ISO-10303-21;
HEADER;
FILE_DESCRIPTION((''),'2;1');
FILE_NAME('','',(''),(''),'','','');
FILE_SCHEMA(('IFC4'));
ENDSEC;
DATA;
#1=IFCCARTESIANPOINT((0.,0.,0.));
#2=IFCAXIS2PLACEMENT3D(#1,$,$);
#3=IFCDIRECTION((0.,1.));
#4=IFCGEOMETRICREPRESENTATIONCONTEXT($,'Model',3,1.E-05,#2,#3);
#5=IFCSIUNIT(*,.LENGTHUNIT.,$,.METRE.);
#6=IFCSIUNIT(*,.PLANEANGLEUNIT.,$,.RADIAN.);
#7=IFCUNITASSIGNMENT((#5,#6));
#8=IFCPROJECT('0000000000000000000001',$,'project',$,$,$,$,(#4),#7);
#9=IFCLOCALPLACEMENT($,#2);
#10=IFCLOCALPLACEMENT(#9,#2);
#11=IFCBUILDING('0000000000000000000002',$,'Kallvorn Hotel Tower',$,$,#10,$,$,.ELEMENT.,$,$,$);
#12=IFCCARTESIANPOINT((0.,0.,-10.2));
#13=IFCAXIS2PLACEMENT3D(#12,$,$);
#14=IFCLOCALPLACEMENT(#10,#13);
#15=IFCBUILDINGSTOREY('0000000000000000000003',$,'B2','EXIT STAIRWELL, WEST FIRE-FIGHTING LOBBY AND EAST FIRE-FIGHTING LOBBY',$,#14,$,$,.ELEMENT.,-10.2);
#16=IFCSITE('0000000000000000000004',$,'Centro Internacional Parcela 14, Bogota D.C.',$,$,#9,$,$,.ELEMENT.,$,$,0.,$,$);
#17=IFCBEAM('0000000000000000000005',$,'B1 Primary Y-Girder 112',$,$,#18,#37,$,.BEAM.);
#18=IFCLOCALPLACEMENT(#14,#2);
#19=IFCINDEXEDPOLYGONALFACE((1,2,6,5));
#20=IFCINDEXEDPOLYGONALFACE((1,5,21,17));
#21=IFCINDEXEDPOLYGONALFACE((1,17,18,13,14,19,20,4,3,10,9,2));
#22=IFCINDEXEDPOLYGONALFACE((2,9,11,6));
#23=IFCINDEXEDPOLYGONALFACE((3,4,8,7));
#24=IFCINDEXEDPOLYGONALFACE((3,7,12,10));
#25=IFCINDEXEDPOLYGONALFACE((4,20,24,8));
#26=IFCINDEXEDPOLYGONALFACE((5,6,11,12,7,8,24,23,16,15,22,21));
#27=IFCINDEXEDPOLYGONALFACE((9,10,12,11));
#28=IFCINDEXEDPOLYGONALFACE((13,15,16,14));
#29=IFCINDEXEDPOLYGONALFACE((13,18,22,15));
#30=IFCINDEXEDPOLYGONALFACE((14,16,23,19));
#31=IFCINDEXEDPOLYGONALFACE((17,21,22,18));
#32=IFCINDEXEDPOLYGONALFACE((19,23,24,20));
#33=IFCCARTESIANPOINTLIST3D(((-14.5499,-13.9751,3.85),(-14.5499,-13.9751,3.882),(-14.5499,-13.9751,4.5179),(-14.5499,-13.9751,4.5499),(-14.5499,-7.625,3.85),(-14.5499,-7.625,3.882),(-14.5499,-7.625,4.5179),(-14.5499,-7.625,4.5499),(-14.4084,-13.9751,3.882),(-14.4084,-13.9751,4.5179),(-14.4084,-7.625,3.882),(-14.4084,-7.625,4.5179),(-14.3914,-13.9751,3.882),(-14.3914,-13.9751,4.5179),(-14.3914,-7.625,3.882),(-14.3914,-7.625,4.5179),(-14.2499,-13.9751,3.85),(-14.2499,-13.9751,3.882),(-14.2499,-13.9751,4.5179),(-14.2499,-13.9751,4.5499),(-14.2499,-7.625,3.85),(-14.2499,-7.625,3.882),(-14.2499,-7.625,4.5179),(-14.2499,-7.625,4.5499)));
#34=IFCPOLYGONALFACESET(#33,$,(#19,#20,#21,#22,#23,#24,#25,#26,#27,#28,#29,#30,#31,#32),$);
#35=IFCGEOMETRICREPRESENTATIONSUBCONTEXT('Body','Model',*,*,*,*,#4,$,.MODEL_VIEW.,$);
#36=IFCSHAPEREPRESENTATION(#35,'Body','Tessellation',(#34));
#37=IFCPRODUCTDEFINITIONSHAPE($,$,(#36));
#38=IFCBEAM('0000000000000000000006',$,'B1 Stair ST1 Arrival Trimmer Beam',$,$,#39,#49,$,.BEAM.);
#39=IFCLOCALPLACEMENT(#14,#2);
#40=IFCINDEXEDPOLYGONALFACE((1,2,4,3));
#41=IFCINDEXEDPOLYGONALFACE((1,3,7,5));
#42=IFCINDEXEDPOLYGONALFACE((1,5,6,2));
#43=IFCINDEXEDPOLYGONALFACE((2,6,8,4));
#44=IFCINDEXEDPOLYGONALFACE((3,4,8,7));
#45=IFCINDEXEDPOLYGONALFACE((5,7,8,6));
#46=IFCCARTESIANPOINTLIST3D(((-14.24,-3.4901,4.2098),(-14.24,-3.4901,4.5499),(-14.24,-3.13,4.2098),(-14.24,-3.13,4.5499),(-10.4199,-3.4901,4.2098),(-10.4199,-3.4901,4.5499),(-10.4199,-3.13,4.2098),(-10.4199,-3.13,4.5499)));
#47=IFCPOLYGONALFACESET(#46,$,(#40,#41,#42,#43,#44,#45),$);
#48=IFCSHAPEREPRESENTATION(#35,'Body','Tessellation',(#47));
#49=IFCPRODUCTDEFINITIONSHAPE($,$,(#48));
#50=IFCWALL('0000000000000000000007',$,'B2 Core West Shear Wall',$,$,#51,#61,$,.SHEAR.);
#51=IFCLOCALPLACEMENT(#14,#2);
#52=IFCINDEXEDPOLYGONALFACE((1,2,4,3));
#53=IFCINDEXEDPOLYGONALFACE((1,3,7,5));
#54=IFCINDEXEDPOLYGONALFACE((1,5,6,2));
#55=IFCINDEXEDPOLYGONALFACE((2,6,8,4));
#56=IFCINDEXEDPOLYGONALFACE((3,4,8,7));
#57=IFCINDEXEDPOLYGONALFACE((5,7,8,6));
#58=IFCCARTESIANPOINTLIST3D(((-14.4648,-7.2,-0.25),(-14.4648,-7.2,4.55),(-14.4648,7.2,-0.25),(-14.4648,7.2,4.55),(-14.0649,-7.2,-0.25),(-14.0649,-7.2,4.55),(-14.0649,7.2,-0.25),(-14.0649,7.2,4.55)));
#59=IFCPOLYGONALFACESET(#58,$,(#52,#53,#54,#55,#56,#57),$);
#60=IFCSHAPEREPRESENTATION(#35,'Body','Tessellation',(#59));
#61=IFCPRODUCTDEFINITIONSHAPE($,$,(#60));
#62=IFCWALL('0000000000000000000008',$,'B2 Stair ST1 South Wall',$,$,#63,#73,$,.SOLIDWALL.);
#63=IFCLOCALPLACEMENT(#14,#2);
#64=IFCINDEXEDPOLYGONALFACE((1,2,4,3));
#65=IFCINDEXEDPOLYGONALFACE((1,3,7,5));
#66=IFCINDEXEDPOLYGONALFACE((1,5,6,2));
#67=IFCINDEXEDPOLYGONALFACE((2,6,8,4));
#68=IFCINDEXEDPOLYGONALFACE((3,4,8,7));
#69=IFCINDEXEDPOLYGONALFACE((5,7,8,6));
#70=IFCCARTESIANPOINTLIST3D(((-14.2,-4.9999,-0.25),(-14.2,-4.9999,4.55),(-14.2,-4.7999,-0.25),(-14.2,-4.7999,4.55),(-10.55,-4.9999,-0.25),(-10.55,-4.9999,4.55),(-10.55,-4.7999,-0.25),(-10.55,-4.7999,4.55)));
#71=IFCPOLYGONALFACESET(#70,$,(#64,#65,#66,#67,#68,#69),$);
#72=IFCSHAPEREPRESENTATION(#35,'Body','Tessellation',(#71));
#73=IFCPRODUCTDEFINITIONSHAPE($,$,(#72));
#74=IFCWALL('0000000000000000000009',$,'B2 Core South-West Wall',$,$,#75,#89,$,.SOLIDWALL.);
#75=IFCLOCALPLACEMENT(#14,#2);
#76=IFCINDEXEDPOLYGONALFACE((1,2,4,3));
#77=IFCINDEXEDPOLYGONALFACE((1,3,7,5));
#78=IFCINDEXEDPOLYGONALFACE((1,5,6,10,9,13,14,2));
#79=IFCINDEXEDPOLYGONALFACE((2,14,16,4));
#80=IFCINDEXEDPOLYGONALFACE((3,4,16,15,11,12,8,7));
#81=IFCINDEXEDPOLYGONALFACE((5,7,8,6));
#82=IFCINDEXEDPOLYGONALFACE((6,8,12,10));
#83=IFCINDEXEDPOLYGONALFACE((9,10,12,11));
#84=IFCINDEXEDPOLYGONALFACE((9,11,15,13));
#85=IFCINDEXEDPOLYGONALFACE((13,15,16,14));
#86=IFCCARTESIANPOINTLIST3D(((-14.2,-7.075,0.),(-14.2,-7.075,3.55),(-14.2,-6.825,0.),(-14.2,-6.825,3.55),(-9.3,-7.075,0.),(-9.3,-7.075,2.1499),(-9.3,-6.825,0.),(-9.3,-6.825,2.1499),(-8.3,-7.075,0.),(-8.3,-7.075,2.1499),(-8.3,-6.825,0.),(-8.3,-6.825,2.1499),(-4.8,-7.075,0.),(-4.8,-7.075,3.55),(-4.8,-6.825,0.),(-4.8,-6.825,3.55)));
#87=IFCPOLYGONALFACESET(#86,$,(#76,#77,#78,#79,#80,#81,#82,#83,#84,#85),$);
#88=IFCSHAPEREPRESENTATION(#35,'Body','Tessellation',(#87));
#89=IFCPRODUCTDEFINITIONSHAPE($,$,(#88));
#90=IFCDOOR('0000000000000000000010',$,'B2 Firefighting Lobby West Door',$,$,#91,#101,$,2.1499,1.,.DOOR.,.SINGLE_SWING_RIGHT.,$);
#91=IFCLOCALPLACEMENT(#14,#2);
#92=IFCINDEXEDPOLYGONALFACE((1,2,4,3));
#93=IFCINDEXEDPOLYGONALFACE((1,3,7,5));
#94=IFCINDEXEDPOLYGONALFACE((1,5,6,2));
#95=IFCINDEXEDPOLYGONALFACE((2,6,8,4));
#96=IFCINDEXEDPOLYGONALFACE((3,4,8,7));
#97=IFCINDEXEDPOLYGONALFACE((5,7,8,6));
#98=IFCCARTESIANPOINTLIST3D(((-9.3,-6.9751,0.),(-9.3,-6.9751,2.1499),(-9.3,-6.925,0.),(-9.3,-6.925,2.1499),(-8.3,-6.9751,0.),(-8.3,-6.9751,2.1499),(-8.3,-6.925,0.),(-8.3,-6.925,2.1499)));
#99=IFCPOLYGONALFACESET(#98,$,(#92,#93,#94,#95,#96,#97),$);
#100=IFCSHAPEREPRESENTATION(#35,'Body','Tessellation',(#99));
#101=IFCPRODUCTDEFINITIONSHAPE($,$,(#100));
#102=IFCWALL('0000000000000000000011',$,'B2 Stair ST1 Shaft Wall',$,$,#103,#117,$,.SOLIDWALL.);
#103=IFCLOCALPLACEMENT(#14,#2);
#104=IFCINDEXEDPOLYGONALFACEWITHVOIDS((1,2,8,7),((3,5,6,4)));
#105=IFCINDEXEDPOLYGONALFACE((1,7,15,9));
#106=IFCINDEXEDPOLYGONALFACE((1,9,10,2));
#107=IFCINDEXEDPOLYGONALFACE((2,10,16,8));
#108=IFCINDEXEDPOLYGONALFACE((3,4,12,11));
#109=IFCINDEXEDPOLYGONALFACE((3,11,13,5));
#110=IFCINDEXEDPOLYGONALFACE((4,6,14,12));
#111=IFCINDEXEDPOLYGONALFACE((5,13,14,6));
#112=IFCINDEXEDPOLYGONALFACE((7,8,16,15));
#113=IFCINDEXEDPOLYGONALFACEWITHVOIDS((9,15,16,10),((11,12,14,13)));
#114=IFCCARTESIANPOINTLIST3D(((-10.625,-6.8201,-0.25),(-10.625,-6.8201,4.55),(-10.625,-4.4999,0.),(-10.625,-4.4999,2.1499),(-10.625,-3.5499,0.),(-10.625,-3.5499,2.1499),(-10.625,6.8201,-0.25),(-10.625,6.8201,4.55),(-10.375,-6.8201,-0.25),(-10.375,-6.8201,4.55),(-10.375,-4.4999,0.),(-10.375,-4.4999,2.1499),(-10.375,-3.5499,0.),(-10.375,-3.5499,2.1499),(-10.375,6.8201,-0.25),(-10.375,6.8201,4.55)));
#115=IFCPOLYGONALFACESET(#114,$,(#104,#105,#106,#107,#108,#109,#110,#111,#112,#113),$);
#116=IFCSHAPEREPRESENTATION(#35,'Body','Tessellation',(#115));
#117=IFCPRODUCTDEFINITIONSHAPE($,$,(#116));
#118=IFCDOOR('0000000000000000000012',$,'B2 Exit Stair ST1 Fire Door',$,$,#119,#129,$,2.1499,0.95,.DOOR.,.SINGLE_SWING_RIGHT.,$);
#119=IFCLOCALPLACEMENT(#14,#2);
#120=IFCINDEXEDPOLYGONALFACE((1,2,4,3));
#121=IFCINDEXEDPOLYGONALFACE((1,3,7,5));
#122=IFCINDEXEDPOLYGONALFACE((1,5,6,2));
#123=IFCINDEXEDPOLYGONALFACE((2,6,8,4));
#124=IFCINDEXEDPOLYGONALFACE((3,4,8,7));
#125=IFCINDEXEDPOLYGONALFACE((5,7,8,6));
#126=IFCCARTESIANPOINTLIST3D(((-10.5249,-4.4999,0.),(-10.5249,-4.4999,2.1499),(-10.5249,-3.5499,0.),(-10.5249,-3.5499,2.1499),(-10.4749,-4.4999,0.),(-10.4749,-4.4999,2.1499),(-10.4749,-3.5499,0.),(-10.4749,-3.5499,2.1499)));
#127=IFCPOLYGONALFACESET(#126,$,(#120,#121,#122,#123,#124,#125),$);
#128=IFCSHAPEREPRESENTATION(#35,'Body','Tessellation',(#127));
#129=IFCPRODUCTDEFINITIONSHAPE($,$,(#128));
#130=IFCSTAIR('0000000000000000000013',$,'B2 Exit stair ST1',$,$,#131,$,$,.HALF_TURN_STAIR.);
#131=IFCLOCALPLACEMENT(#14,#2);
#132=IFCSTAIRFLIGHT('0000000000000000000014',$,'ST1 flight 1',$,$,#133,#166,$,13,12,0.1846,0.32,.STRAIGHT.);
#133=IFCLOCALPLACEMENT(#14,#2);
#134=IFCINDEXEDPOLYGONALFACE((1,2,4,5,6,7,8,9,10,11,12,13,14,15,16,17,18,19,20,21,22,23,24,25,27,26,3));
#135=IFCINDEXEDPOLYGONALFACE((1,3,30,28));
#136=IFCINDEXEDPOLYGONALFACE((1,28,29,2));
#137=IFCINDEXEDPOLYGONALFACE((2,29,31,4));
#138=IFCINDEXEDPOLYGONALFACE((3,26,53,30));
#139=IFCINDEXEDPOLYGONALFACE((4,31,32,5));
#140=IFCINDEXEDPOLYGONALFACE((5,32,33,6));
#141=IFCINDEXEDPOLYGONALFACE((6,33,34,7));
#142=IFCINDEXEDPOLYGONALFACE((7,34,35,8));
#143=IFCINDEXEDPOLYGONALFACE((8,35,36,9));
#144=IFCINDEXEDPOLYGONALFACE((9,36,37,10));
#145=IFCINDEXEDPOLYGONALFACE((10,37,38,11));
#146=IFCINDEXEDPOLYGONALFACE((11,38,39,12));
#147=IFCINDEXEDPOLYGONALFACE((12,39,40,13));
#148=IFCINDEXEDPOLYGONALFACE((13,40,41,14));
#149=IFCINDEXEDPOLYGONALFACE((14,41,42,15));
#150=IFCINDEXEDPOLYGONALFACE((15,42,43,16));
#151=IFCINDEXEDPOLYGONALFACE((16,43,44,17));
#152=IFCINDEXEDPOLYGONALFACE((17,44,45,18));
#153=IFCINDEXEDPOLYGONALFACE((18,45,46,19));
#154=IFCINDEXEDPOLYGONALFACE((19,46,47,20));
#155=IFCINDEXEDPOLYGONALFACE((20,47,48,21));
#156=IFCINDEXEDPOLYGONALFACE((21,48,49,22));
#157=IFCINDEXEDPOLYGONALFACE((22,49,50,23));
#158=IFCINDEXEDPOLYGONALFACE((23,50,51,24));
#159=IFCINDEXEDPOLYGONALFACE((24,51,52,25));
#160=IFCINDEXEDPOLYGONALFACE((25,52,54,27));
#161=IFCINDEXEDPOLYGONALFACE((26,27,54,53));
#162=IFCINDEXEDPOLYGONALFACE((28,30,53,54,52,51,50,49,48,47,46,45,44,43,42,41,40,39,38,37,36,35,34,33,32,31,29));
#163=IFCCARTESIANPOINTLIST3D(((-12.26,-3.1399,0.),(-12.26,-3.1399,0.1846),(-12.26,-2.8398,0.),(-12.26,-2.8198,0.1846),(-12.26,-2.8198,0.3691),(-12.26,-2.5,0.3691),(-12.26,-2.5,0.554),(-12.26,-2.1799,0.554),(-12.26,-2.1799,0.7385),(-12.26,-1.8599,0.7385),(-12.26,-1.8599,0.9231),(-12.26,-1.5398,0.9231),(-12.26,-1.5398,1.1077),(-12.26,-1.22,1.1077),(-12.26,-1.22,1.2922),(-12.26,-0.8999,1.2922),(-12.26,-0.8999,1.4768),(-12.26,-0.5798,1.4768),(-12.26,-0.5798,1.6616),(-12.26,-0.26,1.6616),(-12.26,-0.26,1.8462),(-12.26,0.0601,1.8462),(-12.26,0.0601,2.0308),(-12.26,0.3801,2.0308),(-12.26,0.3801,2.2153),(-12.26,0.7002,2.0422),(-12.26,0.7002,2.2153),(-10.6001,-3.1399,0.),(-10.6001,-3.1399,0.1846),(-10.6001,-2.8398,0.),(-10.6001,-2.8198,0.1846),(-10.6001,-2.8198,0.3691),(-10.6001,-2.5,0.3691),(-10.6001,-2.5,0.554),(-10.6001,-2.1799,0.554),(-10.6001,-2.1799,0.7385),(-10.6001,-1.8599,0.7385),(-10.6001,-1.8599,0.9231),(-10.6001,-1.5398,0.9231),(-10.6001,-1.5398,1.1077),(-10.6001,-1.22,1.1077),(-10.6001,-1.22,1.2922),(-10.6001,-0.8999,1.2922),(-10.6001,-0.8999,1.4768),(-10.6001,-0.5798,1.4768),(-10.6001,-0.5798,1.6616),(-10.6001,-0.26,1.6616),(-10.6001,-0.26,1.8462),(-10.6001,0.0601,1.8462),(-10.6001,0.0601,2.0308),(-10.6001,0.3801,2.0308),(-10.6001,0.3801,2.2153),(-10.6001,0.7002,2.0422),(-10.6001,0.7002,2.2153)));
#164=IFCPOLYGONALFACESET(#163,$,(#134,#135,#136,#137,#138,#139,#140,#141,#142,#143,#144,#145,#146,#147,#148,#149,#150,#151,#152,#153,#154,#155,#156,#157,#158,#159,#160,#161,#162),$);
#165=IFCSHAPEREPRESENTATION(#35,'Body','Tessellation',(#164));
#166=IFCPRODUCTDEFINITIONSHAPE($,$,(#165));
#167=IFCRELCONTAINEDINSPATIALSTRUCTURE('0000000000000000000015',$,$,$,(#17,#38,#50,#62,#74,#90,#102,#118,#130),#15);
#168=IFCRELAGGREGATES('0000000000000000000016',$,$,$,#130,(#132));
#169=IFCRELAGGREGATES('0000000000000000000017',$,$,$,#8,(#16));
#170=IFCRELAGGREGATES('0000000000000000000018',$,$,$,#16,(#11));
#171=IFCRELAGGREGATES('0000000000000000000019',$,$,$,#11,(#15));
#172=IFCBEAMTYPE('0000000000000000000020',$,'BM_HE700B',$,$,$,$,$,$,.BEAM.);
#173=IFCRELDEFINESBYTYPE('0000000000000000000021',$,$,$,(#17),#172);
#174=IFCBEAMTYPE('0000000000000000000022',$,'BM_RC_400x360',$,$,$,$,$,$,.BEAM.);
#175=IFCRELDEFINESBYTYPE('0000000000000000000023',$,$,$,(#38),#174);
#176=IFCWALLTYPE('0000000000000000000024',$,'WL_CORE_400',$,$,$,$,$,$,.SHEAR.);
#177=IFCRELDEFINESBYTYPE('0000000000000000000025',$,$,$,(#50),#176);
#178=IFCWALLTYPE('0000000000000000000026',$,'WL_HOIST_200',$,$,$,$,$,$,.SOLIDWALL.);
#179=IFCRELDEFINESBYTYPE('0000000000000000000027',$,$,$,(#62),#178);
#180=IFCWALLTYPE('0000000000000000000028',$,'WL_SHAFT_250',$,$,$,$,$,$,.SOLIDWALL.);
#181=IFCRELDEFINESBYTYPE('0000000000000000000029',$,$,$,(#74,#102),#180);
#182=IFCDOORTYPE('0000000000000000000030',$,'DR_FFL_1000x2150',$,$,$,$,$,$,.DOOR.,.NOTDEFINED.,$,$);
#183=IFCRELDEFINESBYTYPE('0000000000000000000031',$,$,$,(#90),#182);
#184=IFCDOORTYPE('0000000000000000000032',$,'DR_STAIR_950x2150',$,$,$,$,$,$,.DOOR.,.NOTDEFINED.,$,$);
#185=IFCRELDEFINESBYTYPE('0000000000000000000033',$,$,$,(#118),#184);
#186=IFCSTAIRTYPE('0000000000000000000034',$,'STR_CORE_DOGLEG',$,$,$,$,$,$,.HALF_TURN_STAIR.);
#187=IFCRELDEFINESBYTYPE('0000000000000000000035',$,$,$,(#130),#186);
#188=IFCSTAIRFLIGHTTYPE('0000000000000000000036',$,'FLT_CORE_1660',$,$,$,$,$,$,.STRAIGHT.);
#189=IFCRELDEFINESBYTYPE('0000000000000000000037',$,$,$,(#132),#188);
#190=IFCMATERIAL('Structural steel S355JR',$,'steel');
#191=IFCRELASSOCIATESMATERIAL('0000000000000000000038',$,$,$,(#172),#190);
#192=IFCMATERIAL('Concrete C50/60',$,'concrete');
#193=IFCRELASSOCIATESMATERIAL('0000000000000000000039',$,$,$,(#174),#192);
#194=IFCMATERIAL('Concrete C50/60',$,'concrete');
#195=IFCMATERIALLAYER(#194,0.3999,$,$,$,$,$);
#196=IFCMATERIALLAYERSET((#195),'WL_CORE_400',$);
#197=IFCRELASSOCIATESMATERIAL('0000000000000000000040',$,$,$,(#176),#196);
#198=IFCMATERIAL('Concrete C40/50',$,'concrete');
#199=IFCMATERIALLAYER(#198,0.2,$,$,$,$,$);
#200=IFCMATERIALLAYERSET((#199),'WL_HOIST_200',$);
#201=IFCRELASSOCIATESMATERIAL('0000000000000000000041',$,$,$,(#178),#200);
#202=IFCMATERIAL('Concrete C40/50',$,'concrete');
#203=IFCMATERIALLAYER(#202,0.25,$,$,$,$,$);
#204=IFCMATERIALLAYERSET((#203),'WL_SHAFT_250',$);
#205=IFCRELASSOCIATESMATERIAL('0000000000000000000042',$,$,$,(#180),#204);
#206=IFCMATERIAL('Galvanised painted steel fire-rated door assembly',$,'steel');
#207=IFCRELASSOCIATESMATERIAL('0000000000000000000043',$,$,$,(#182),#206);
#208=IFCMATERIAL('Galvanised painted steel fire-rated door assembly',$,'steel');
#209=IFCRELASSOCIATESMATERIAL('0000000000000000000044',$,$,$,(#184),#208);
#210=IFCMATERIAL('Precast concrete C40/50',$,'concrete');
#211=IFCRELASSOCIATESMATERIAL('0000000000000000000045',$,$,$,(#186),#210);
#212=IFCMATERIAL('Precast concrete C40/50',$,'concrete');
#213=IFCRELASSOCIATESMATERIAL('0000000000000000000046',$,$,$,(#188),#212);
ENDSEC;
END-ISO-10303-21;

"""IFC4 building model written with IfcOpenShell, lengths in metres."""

from ifc_helpers import new_model, si_unit, direction, frame, frame_2d, origin, origin_2d, place, context, subcontext, project, spatial, polyline, rectangle, i_section, outline, extrude, material, layer, layer_set, material_profile, profile_set, type_object, element, fill, aggregate, save


model = new_model("IFC4")

# Units and contexts
model_context = context("Model", 3, precision=1e-05, world=origin(), true_north=direction((0.0, 1.0)))
body_context = subcontext(model_context, "Body", "Model", "MODEL_VIEW")
ifc_project = project(units=[si_unit("LENGTHUNIT", "METRE"), si_unit("PLANEANGLEUNIT", "RADIAN")], contexts=[model_context])

# Site, building, storey
site_placement = place(None, origin())
site = spatial("IfcSite", under=ifc_project, at=site_placement, Name="Centro Internacional Parcela 14, Bogota D.C.", CompositionType="ELEMENT", RefElevation=0.0)
building_placement = place(site_placement, origin())
building = spatial("IfcBuilding", under=site, at=building_placement, Name="Kallvorn Hotel Tower", CompositionType="ELEMENT")
storey_placement = place(building_placement, frame((0.0, 0.0, -10.2)))
storey = spatial("IfcBuildingStorey", under=building, at=storey_placement, Name="B2", Description="EXIT STAIRWELL, WEST FIRE-FIGHTING LOBBY AND EAST FIRE-FIGHTING LOBBY", CompositionType="ELEMENT", Elevation=-10.2)

# Beams
ifc_material_1 = material(Name="Structural steel S355JR", Category="steel")
ifc_material_profile_1 = material_profile(ifc_material_1, i_section(OverallWidth=0.3, OverallDepth=0.7, WebThickness=0.0171, FlangeThickness=0.032, at=origin_2d()), Name="HE 700 B")
ifc_profile_set_1 = profile_set([ifc_material_profile_1], Name="Structural steel S355JR")
beam_type_1 = type_object("IfcBeamType", Name="BM_HE700B", PredefinedType="BEAM", material=ifc_profile_set_1)
beam_1_placement = place(storey_placement, frame((-14.3999, -13.9751, 4.2), z_axis=(0.0, 1.0, 0.0), x_axis=(-1.0, 0.0, 0.0)))
element("IfcBeam", 1, at=beam_1_placement, inside=storey, type_object=beam_type_1, Name="B1 Primary Y-Girder 112", PredefinedType="BEAM", context=body_context, shape_type="SweptSolid", body=[
    extrude(i_section(OverallWidth=0.3, OverallDepth=0.7, WebThickness=0.0171, FlangeThickness=0.032, at=origin_2d()), origin(), (0.0, 0.0, 1.0), 6.3501),
])
ifc_material_2 = material(Name="Concrete C50/60", Category="concrete")
ifc_material_profile_2 = material_profile(ifc_material_2, rectangle(XDim=0.3601, YDim=0.3401, at=origin_2d()), Name="RC 360x340")
ifc_profile_set_2 = profile_set([ifc_material_profile_2], Name="Concrete C50/60")
beam_type_2 = type_object("IfcBeamType", Name="BM_RC_400x360", PredefinedType="BEAM", material=ifc_profile_set_2)
beam_2_placement = place(storey_placement, frame((-10.4199, -3.3101, 4.3799), z_axis=(-1.0, 0.0, 0.0), x_axis=(0.0, -1.0, 0.0)))
element("IfcBeam", 2, at=beam_2_placement, inside=storey, type_object=beam_type_2, Name="B1 Stair ST1 Arrival Trimmer Beam", PredefinedType="BEAM", context=body_context, shape_type="SweptSolid", body=[
    extrude(rectangle(XDim=0.3601, YDim=0.3401, at=origin_2d()), origin(), (0.0, 0.0, 1.0), 3.8201),
])

# Walls
ifc_material_3 = material(Name="Concrete C50/60", Category="concrete")
ifc_layer_1 = layer(ifc_material_3, 0.3999)
ifc_layer_set_1 = layer_set([ifc_layer_1], Name="WL_CORE_400")
wall_type_1 = type_object("IfcWallType", Name="WL_CORE_400", PredefinedType="SHEAR", material=ifc_layer_set_1)
wall_1_placement = place(storey_placement, frame((-14.2649, -7.2, -0.25), z_axis=(0.0, 0.0, 1.0), x_axis=(0.0, 1.0, 0.0)))
element("IfcWall", 3, at=wall_1_placement, inside=storey, type_object=wall_type_1, Name="B2 Core West Shear Wall", PredefinedType="SHEAR", context=body_context, shape_type="SweptSolid", body=[
    extrude(rectangle(XDim=14.3999, YDim=0.3999, at=frame_2d((7.2, 0.0))), origin(), (0.0, 0.0, 1.0), 4.8),
])
ifc_material_4 = material(Name="Concrete C40/50", Category="concrete")
ifc_layer_2 = layer(ifc_material_4, 0.2)
ifc_layer_set_2 = layer_set([ifc_layer_2], Name="WL_HOIST_200")
wall_type_2 = type_object("IfcWallType", Name="WL_HOIST_200", PredefinedType="SOLIDWALL", material=ifc_layer_set_2)
wall_2_placement = place(storey_placement, frame((-14.2, -4.8999, -0.25), z_axis=(0.0, 0.0, 1.0), x_axis=(1.0, 0.0, 0.0)))
element("IfcWall", 4, at=wall_2_placement, inside=storey, type_object=wall_type_2, Name="B2 Stair ST1 South Wall", PredefinedType="SOLIDWALL", context=body_context, shape_type="SweptSolid", body=[
    extrude(rectangle(XDim=3.6499, YDim=0.2, at=frame_2d((1.825, 0.0))), origin(), (0.0, 0.0, 1.0), 4.8),
])

# Walls, openings, doors
ifc_material_5 = material(Name="Concrete C40/50", Category="concrete")
ifc_layer_3 = layer(ifc_material_5, 0.25)
ifc_layer_set_3 = layer_set([ifc_layer_3], Name="WL_SHAFT_250")
wall_type_3 = type_object("IfcWallType", Name="WL_SHAFT_250", PredefinedType="SOLIDWALL", material=ifc_layer_set_3)
wall_3_placement = place(storey_placement, frame((-14.2, -6.95, 0.0), z_axis=(0.0, 0.0, 1.0), x_axis=(1.0, 0.0, 0.0)))
wall_3 = element("IfcWall", 5, at=wall_3_placement, inside=storey, type_object=wall_type_3, Name="B2 Core South-West Wall", PredefinedType="SOLIDWALL", context=body_context, shape_type="SweptSolid", body=[
    extrude(rectangle(XDim=9.3999, YDim=0.25, at=frame_2d((4.7, 0.0))), origin(), (0.0, 0.0, 1.0), 3.55),
])
opening_1_placement = place(wall_3_placement, frame((4.8999, 0.0, 0.0)))
opening_1 = element("IfcOpeningElement", 6, at=opening_1_placement, cuts=wall_3, PredefinedType="OPENING", context=body_context, shape_type="SweptSolid", body=[
    extrude(rectangle(XDim=1.0, YDim=2.1499, at=frame_2d((0.5, 1.075))), frame((0.0, 0.1399, 0.0), z_axis=(0.0, -1.0, 0.0), x_axis=(1.0, 0.0, 0.0)), (0.0, 0.0, 1.0), 0.28),
])
ifc_material_6 = material(Name="Galvanised painted steel fire-rated door assembly", Category="steel")
door_type_1 = type_object("IfcDoorType", Name="DR_FFL_1000x2150", OperationType="NOTDEFINED", PredefinedType="DOOR", material=ifc_material_6)
door_1_placement = place(opening_1_placement, origin())
door_1 = element("IfcDoor", 7, at=door_1_placement, inside=storey, type_object=door_type_1, Name="B2 Firefighting Lobby West Door", OperationType="SINGLE_SWING_RIGHT", OverallHeight=2.1499, OverallWidth=1.0, PredefinedType="DOOR", context=body_context, shape_type="SweptSolid", body=[
    extrude(rectangle(XDim=1.0, YDim=2.1499, at=frame_2d((0.5, 1.075))), frame((0.0, 0.0249, 0.0), z_axis=(0.0, -1.0, 0.0), x_axis=(1.0, 0.0, 0.0)), (0.0, 0.0, 1.0), 0.05),
])
fill(opening_1, door_1)
wall_4_placement = place(storey_placement, frame((-10.5, -6.8201, -0.25), z_axis=(0.0, 0.0, 1.0), x_axis=(0.0, 1.0, 0.0)))
wall_4 = element("IfcWall", 8, at=wall_4_placement, inside=storey, type_object=wall_type_3, Name="B2 Stair ST1 Shaft Wall", PredefinedType="SOLIDWALL", context=body_context, shape_type="SweptSolid", body=[
    extrude(rectangle(XDim=13.6401, YDim=0.25, at=frame_2d((6.8201, 0.0))), origin(), (0.0, 0.0, 1.0), 4.8),
])
opening_2_placement = place(wall_4_placement, frame((2.3201, 0.0, 0.25)))
opening_2 = element("IfcOpeningElement", 9, at=opening_2_placement, cuts=wall_4, PredefinedType="OPENING", context=body_context, shape_type="SweptSolid", body=[
    extrude(rectangle(XDim=0.95, YDim=2.1499, at=frame_2d((0.4751, 1.075))), frame((0.0, 0.1399, 0.0), z_axis=(0.0, -1.0, 0.0), x_axis=(1.0, 0.0, 0.0)), (0.0, 0.0, 1.0), 0.28),
])
ifc_material_7 = material(Name="Galvanised painted steel fire-rated door assembly", Category="steel")
door_type_2 = type_object("IfcDoorType", Name="DR_STAIR_950x2150", OperationType="NOTDEFINED", PredefinedType="DOOR", material=ifc_material_7)
door_2_placement = place(opening_2_placement, origin())
door_2 = element("IfcDoor", 10, at=door_2_placement, inside=storey, type_object=door_type_2, Name="B2 Exit Stair ST1 Fire Door", OperationType="SINGLE_SWING_RIGHT", OverallHeight=2.1499, OverallWidth=0.95, PredefinedType="DOOR", context=body_context, shape_type="SweptSolid", body=[
    extrude(rectangle(XDim=0.95, YDim=2.1499, at=frame_2d((0.4751, 1.075))), frame((0.0, 0.0249, 0.0), z_axis=(0.0, -1.0, 0.0), x_axis=(1.0, 0.0, 0.0)), (0.0, 0.0, 1.0), 0.05),
])
fill(opening_2, door_2)

# Stair, stair flight
ifc_material_8 = material(Name="Precast concrete C40/50", Category="concrete")
stair_type = type_object("IfcStairType", Name="STR_CORE_DOGLEG", PredefinedType="HALF_TURN_STAIR", material=ifc_material_8)
stair_placement = place(storey_placement, origin())
stair = element("IfcStair", 11, at=stair_placement, inside=storey, type_object=stair_type, Name="B2 Exit stair ST1", PredefinedType="HALF_TURN_STAIR")
ifc_material_9 = material(Name="Precast concrete C40/50", Category="concrete")
stair_flight_type = type_object("IfcStairFlightType", Name="FLT_CORE_1660", PredefinedType="STRAIGHT", material=ifc_material_9)
stair_flight_placement = place(storey_placement, frame((-11.4299, -3.1399, 0.0), z_axis=(0.0, 0.0, 1.0), x_axis=(0.0, 1.0, 0.0)))
stair_flight = element("IfcStairFlight", 12, at=stair_flight_placement, type_object=stair_flight_type, Name="ST1 flight 1", NumberOfRisers=13, NumberOfTreads=12, PredefinedType="STRAIGHT", RiserHeight=0.1846, TreadLength=0.32, context=body_context, shape_type="SweptSolid", body=[
    extrude(outline(polyline([(0.0, 0.0), (0.0, 0.1846), (0.3201, 0.1846), (0.3201, 0.3691), (0.6399, 0.3691), (0.6399, 0.554), (0.96, 0.554), (0.96, 0.7385), (1.28, 0.7385), (1.28, 0.9231), (1.6001, 0.9231), (1.6001, 1.1077), (1.9199, 1.1077), (1.9199, 1.2922), (2.24, 1.2922), (2.24, 1.4768), (2.5601, 1.4768), (2.5601, 1.6616), (2.8799, 1.6616), (2.8799, 1.8462), (3.2, 1.8462), (3.2, 2.0308), (3.52, 2.0308), (3.52, 2.2153), (3.8401, 2.2153), (3.8401, 2.3999), (3.8401, 2.0422), (0.3, 0.0), (0.0, 0.0)])), frame((0.0, 0.8301, 0.0), z_axis=(0.0, -1.0, 0.0), x_axis=(1.0, 0.0, 0.0)), (0.0, 0.0, 1.0), 1.6599),
])
aggregate(stair, [stair_flight])

save(model, "model.ifc")
